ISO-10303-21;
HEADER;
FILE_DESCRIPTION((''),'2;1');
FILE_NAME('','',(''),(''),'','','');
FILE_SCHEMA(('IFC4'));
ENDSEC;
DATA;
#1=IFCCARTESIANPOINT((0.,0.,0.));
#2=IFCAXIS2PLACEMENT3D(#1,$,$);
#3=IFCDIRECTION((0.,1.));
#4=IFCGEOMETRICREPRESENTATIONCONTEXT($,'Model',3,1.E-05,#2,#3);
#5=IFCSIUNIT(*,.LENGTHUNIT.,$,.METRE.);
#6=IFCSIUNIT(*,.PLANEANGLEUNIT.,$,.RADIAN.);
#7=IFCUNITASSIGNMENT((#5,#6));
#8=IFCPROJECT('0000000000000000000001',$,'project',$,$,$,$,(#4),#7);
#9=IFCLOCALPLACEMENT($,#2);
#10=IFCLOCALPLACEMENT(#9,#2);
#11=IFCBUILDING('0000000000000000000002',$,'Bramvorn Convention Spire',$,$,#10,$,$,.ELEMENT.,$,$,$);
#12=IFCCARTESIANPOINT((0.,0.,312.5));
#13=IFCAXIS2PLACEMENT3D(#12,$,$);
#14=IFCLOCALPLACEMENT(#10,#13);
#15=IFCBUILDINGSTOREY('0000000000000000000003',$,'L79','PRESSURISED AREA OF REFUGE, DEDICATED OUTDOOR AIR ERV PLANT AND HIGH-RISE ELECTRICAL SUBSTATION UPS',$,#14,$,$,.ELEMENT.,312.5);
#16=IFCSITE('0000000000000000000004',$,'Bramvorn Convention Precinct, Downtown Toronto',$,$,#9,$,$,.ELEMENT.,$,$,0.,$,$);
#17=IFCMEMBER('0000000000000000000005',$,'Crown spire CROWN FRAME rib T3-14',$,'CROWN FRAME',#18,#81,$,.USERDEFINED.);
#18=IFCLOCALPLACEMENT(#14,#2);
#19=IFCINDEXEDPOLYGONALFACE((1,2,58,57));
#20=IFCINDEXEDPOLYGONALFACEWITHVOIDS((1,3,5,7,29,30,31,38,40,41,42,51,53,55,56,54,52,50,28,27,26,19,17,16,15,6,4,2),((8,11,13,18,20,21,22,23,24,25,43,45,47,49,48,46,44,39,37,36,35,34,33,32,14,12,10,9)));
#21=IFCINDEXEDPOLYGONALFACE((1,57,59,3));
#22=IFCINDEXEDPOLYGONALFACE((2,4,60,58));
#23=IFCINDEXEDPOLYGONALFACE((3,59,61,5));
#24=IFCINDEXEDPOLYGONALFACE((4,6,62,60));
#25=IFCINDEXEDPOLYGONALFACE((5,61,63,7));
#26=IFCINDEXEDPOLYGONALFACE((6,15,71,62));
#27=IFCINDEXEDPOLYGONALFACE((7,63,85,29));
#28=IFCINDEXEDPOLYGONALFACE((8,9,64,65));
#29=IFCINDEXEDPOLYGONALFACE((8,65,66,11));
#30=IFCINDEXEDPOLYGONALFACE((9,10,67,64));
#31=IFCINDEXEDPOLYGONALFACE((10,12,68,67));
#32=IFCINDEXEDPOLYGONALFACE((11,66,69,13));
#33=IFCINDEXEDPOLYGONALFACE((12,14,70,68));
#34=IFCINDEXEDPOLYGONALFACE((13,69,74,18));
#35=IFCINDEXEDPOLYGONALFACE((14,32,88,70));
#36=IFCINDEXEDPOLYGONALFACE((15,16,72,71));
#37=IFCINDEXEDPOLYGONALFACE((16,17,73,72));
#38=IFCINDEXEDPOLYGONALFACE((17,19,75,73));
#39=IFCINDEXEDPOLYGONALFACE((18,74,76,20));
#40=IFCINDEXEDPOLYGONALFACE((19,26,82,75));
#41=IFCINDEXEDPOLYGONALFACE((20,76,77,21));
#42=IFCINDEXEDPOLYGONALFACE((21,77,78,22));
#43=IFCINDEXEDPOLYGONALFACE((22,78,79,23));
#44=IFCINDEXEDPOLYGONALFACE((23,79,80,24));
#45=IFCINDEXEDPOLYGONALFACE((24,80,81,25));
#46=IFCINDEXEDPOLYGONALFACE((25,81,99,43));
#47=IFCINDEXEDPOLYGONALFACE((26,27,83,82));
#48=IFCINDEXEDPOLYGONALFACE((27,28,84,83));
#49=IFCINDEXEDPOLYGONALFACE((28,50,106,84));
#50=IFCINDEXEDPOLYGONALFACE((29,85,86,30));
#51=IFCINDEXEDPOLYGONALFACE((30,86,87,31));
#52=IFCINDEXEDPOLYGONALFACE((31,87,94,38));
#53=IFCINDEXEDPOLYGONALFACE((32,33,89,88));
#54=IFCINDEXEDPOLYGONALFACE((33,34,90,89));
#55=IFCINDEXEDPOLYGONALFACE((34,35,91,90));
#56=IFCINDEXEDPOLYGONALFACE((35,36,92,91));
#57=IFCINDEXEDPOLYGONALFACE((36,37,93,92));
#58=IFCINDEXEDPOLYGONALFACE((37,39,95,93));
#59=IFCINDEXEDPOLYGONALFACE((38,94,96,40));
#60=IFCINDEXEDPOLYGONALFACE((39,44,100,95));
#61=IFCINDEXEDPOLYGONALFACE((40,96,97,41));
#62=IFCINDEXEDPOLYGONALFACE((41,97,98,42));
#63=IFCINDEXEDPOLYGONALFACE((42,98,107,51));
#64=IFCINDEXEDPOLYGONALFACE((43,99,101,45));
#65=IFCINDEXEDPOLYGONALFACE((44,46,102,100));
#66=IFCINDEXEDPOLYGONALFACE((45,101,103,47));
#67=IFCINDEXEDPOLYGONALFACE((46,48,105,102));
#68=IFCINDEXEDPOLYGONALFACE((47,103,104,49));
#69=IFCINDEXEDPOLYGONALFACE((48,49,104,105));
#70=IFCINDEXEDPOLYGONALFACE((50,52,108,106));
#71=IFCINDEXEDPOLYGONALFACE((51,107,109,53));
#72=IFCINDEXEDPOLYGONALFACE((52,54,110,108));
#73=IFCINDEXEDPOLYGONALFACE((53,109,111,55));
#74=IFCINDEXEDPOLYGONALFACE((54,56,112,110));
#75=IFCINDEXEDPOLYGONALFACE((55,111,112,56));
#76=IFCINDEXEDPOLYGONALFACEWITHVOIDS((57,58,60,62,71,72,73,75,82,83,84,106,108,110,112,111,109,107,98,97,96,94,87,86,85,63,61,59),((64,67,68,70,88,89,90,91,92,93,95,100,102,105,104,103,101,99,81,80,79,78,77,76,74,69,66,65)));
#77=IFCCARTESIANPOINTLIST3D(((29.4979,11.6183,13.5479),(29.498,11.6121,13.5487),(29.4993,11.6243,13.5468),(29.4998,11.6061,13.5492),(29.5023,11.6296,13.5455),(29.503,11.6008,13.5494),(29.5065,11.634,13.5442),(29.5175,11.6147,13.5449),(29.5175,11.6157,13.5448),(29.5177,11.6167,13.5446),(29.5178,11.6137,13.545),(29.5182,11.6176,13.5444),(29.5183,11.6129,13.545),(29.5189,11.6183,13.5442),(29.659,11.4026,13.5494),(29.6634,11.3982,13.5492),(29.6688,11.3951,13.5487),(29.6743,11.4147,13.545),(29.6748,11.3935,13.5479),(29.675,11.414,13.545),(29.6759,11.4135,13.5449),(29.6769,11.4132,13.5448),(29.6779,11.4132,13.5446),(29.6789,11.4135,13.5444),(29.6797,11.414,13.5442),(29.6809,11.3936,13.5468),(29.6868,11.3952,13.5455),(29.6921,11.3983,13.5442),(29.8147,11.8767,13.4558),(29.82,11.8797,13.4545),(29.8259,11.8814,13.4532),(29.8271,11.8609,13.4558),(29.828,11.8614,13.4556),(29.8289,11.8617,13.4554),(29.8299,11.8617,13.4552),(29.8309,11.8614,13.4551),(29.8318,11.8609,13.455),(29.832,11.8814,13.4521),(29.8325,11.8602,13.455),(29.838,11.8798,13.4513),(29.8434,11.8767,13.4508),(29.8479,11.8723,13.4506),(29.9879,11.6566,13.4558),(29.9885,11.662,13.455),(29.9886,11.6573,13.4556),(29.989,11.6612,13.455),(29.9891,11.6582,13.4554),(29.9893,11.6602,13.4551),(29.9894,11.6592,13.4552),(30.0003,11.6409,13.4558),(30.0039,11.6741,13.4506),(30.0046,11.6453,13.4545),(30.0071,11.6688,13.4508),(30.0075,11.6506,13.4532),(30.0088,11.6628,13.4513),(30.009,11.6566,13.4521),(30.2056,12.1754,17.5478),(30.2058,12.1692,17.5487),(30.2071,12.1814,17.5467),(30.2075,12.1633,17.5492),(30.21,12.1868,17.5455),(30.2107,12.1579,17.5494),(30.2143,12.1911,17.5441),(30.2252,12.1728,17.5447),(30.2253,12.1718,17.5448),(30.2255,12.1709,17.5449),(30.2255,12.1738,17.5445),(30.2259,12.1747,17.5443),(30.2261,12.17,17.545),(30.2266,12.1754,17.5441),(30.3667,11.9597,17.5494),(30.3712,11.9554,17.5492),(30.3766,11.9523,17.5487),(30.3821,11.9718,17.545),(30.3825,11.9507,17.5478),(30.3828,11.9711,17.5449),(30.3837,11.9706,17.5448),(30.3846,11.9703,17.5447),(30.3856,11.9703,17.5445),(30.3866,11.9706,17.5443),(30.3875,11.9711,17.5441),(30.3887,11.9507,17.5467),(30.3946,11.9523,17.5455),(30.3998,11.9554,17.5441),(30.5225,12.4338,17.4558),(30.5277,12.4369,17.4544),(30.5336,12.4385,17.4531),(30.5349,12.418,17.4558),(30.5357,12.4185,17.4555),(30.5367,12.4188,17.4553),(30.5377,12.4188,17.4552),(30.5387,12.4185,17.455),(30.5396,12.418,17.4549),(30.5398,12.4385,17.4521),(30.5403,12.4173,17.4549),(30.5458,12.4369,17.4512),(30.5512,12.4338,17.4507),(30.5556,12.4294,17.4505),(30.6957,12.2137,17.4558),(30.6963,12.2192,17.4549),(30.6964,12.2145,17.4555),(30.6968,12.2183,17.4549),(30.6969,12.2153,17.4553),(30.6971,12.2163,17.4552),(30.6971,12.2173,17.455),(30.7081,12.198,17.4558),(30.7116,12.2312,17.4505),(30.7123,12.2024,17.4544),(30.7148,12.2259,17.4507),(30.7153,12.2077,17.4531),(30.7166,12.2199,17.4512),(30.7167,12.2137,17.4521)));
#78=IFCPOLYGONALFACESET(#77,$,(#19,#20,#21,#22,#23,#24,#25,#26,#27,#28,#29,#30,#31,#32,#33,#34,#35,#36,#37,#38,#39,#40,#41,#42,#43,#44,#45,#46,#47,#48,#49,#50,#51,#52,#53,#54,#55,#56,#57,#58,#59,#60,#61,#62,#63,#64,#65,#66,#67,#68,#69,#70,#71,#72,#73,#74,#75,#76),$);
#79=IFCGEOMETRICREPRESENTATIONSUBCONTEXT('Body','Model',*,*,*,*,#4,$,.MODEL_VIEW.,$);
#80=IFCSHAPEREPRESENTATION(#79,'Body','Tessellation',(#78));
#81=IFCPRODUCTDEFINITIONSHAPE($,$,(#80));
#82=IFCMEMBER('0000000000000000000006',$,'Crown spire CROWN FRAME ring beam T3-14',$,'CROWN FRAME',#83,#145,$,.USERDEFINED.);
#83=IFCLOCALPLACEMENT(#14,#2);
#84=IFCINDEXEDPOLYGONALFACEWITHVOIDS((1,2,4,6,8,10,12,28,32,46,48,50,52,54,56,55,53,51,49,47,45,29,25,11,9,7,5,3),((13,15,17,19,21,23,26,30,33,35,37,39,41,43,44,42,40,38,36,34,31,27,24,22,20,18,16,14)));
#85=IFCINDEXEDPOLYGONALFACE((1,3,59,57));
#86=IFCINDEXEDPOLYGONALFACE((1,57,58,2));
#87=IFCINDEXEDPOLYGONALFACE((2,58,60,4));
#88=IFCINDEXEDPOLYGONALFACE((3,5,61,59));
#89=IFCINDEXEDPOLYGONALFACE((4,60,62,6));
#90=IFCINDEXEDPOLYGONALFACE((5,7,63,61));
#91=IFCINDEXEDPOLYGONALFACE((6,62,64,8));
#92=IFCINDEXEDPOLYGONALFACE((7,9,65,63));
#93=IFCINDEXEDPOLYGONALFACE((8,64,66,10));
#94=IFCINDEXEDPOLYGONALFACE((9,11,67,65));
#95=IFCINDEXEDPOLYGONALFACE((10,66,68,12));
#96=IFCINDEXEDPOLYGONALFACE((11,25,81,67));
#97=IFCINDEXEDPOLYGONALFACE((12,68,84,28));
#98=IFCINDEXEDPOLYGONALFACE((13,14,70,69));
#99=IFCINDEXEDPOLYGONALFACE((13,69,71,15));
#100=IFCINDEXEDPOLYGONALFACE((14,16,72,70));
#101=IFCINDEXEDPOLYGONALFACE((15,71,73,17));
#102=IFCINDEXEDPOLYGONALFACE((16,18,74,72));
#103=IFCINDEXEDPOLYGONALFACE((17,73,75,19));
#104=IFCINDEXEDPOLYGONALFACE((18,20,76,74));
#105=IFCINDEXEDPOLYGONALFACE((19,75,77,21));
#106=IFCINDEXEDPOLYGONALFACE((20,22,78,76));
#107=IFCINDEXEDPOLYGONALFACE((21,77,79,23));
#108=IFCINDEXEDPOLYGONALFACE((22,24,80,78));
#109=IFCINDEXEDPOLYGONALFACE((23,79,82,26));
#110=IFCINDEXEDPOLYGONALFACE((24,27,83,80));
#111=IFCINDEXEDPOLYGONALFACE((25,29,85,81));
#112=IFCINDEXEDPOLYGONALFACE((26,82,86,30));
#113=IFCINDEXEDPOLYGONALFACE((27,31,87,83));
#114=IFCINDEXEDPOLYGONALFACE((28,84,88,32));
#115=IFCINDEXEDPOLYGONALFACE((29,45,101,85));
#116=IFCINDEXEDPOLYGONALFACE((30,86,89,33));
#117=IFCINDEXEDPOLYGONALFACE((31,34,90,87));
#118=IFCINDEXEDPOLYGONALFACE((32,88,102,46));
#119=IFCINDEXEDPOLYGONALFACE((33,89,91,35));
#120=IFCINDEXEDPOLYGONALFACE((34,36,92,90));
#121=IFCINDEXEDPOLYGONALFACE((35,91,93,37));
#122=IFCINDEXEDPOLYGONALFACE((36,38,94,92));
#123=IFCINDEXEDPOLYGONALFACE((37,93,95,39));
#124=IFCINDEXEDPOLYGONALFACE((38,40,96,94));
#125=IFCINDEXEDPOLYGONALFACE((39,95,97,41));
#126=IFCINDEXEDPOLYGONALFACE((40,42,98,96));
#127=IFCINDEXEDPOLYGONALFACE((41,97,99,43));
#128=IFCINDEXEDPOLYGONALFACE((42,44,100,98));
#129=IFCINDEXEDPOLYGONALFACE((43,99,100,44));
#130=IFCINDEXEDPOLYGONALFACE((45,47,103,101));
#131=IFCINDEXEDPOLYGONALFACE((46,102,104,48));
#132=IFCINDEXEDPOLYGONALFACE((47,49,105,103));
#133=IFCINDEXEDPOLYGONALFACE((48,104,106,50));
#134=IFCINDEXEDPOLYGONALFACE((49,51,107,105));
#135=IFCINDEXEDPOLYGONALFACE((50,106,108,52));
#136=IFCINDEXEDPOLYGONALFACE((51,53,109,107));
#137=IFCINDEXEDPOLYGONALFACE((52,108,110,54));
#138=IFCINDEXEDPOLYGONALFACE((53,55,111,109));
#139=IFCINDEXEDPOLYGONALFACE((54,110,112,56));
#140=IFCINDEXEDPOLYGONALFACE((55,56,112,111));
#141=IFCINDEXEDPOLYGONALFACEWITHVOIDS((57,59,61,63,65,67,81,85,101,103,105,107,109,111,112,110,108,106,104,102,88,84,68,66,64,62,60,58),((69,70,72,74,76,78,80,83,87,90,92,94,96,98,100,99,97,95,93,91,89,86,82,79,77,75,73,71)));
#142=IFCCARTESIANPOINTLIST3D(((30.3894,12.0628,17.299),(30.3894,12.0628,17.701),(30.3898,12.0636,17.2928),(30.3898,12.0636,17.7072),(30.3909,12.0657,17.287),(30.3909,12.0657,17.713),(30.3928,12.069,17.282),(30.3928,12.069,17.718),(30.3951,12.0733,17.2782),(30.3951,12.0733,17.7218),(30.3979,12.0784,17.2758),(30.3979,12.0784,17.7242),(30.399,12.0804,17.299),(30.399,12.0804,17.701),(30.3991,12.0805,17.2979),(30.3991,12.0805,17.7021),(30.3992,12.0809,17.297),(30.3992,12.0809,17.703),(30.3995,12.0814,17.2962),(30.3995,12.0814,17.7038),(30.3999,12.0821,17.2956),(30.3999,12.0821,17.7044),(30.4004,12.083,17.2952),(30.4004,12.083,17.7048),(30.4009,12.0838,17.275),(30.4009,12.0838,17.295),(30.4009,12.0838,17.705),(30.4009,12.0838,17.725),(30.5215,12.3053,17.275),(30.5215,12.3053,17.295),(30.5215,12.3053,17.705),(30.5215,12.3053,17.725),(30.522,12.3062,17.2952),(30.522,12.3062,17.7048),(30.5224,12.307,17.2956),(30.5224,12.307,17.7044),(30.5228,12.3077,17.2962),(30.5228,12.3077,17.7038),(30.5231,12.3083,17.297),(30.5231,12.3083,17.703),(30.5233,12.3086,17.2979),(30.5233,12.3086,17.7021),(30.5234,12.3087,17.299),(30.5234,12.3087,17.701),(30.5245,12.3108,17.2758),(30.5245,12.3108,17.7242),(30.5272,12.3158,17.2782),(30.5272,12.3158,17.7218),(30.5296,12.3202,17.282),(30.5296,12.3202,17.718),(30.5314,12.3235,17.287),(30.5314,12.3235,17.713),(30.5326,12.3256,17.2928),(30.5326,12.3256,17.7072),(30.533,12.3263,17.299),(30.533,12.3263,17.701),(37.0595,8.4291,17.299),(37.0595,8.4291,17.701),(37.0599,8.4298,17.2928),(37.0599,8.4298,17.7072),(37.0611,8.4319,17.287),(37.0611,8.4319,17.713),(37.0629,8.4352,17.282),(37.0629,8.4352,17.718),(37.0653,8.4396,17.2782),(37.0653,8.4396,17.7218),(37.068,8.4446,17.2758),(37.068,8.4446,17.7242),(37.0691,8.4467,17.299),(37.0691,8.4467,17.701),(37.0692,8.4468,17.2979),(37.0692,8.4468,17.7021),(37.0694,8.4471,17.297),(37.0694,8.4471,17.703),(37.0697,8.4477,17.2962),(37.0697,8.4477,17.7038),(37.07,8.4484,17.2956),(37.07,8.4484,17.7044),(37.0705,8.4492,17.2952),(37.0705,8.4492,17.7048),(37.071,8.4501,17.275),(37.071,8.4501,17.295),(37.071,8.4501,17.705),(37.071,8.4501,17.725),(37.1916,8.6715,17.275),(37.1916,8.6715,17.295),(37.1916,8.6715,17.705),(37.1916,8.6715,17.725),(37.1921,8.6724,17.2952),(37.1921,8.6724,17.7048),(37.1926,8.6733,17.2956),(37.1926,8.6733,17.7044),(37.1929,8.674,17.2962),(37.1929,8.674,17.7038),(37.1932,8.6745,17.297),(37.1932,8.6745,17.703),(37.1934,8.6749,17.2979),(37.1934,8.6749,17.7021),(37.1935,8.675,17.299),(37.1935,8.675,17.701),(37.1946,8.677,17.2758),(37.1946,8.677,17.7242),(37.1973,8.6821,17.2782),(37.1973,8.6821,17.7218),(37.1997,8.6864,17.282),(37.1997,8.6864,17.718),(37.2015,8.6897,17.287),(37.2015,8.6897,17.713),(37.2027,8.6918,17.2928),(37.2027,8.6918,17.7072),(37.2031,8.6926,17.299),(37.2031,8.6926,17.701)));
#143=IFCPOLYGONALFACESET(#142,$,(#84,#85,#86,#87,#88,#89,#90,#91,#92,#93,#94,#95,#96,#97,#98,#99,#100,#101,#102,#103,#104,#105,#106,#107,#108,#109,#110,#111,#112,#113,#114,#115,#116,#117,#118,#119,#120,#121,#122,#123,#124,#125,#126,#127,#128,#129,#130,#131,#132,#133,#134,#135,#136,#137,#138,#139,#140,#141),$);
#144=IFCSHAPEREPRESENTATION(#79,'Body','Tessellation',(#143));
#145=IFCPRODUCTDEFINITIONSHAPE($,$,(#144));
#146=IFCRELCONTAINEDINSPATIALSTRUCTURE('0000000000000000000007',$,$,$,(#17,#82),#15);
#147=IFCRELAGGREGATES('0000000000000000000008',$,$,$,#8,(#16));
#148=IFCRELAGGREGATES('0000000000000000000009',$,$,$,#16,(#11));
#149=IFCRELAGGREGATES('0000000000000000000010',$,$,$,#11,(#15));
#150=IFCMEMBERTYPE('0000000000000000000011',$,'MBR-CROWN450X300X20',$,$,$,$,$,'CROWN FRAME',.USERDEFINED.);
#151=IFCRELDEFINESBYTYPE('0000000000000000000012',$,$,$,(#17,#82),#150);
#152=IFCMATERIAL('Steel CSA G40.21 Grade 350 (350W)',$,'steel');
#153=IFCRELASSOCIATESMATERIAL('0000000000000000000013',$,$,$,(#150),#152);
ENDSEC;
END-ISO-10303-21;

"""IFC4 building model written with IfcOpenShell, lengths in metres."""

from ifc_helpers import new_model, si_unit, direction, frame, origin, origin_2d, place, context, subcontext, project, spatial, hollow_rectangle, extrude, material, material_profile, profile_set, type_object, element, save


model = new_model("IFC4")

# Units and contexts
model_context = context("Model", 3, precision=1e-05, world=origin(), true_north=direction((0.0, 1.0)))
body_context = subcontext(model_context, "Body", "Model", "MODEL_VIEW")
ifc_project = project(units=[si_unit("LENGTHUNIT", "METRE"), si_unit("PLANEANGLEUNIT", "RADIAN")], contexts=[model_context])

# Site, building, storey
site_placement = place(None, origin())
site = spatial("IfcSite", under=ifc_project, at=site_placement, Name="Bramvorn Convention Precinct, Downtown Toronto", CompositionType="ELEMENT", RefElevation=0.0)
building_placement = place(site_placement, origin())
building = spatial("IfcBuilding", under=site, at=building_placement, Name="Bramvorn Convention Spire", CompositionType="ELEMENT")
storey_placement = place(building_placement, frame((0.0, 0.0, 312.5)))
storey = spatial("IfcBuildingStorey", under=building, at=storey_placement, Name="L79", Description="PRESSURISED AREA OF REFUGE, DEDICATED OUTDOOR AIR ERV PLANT AND HIGH-RISE ELECTRICAL SUBSTATION UPS", CompositionType="ELEMENT", Elevation=312.5)

# Shared definitions
ifc_material_1 = material(Name="Steel CSA G40.21 Grade 350 (350W)", Category="steel")

# Members
ifc_material_profile_1 = material_profile(ifc_material_1, hollow_rectangle(XDim=0.3, YDim=0.45, WallThickness=0.02, InnerFilletRadius=0.0039, OuterFilletRadius=0.0239, at=origin_2d()))
ifc_profile_set_1 = profile_set([ifc_material_profile_1], Name="Steel CSA G40.21 Grade 350 (350W) - CROWN450X300X20")
member_type = type_object("IfcMemberType", Name="MBR-CROWN450X300X20", ElementType="CROWN FRAME", PredefinedType="USERDEFINED", material=ifc_profile_set_1)
member_1_placement = place(storey_placement, frame((29.7534, 11.6375, 13.5), z_axis=(0.172618, 0.13588, 0.975571), x_axis=(-0.618528, 0.785763, 0.0)))
element("IfcMember", 1, at=member_1_placement, inside=storey, type_object=member_type, Name="Crown spire CROWN FRAME rib T3-14", ObjectType="CROWN FRAME", PredefinedType="USERDEFINED", context=body_context, shape_type="SweptSolid", body=[
    extrude(hollow_rectangle(XDim=0.3, YDim=0.45, WallThickness=0.02, InnerFilletRadius=0.0039, OuterFilletRadius=0.0239, at=origin_2d()), origin(), (0.0, 0.0, 1.0), 4.1001),
])
member_2_placement = place(storey_placement, frame((30.4612, 12.1946, 17.5), z_axis=(0.878144, -0.478397, 0.0), x_axis=(0.478397, 0.878144, 0.0)))
element("IfcMember", 2, at=member_2_placement, inside=storey, type_object=member_type, Name="Crown spire CROWN FRAME ring beam T3-14", ObjectType="CROWN FRAME", PredefinedType="USERDEFINED", context=body_context, shape_type="SweptSolid", body=[
    extrude(hollow_rectangle(XDim=0.3, YDim=0.45, WallThickness=0.02, InnerFilletRadius=0.0039, OuterFilletRadius=0.0239, at=origin_2d()), origin(), (0.0, 0.0, 1.0), 7.5957),
])

save(model, "model.ifc")
